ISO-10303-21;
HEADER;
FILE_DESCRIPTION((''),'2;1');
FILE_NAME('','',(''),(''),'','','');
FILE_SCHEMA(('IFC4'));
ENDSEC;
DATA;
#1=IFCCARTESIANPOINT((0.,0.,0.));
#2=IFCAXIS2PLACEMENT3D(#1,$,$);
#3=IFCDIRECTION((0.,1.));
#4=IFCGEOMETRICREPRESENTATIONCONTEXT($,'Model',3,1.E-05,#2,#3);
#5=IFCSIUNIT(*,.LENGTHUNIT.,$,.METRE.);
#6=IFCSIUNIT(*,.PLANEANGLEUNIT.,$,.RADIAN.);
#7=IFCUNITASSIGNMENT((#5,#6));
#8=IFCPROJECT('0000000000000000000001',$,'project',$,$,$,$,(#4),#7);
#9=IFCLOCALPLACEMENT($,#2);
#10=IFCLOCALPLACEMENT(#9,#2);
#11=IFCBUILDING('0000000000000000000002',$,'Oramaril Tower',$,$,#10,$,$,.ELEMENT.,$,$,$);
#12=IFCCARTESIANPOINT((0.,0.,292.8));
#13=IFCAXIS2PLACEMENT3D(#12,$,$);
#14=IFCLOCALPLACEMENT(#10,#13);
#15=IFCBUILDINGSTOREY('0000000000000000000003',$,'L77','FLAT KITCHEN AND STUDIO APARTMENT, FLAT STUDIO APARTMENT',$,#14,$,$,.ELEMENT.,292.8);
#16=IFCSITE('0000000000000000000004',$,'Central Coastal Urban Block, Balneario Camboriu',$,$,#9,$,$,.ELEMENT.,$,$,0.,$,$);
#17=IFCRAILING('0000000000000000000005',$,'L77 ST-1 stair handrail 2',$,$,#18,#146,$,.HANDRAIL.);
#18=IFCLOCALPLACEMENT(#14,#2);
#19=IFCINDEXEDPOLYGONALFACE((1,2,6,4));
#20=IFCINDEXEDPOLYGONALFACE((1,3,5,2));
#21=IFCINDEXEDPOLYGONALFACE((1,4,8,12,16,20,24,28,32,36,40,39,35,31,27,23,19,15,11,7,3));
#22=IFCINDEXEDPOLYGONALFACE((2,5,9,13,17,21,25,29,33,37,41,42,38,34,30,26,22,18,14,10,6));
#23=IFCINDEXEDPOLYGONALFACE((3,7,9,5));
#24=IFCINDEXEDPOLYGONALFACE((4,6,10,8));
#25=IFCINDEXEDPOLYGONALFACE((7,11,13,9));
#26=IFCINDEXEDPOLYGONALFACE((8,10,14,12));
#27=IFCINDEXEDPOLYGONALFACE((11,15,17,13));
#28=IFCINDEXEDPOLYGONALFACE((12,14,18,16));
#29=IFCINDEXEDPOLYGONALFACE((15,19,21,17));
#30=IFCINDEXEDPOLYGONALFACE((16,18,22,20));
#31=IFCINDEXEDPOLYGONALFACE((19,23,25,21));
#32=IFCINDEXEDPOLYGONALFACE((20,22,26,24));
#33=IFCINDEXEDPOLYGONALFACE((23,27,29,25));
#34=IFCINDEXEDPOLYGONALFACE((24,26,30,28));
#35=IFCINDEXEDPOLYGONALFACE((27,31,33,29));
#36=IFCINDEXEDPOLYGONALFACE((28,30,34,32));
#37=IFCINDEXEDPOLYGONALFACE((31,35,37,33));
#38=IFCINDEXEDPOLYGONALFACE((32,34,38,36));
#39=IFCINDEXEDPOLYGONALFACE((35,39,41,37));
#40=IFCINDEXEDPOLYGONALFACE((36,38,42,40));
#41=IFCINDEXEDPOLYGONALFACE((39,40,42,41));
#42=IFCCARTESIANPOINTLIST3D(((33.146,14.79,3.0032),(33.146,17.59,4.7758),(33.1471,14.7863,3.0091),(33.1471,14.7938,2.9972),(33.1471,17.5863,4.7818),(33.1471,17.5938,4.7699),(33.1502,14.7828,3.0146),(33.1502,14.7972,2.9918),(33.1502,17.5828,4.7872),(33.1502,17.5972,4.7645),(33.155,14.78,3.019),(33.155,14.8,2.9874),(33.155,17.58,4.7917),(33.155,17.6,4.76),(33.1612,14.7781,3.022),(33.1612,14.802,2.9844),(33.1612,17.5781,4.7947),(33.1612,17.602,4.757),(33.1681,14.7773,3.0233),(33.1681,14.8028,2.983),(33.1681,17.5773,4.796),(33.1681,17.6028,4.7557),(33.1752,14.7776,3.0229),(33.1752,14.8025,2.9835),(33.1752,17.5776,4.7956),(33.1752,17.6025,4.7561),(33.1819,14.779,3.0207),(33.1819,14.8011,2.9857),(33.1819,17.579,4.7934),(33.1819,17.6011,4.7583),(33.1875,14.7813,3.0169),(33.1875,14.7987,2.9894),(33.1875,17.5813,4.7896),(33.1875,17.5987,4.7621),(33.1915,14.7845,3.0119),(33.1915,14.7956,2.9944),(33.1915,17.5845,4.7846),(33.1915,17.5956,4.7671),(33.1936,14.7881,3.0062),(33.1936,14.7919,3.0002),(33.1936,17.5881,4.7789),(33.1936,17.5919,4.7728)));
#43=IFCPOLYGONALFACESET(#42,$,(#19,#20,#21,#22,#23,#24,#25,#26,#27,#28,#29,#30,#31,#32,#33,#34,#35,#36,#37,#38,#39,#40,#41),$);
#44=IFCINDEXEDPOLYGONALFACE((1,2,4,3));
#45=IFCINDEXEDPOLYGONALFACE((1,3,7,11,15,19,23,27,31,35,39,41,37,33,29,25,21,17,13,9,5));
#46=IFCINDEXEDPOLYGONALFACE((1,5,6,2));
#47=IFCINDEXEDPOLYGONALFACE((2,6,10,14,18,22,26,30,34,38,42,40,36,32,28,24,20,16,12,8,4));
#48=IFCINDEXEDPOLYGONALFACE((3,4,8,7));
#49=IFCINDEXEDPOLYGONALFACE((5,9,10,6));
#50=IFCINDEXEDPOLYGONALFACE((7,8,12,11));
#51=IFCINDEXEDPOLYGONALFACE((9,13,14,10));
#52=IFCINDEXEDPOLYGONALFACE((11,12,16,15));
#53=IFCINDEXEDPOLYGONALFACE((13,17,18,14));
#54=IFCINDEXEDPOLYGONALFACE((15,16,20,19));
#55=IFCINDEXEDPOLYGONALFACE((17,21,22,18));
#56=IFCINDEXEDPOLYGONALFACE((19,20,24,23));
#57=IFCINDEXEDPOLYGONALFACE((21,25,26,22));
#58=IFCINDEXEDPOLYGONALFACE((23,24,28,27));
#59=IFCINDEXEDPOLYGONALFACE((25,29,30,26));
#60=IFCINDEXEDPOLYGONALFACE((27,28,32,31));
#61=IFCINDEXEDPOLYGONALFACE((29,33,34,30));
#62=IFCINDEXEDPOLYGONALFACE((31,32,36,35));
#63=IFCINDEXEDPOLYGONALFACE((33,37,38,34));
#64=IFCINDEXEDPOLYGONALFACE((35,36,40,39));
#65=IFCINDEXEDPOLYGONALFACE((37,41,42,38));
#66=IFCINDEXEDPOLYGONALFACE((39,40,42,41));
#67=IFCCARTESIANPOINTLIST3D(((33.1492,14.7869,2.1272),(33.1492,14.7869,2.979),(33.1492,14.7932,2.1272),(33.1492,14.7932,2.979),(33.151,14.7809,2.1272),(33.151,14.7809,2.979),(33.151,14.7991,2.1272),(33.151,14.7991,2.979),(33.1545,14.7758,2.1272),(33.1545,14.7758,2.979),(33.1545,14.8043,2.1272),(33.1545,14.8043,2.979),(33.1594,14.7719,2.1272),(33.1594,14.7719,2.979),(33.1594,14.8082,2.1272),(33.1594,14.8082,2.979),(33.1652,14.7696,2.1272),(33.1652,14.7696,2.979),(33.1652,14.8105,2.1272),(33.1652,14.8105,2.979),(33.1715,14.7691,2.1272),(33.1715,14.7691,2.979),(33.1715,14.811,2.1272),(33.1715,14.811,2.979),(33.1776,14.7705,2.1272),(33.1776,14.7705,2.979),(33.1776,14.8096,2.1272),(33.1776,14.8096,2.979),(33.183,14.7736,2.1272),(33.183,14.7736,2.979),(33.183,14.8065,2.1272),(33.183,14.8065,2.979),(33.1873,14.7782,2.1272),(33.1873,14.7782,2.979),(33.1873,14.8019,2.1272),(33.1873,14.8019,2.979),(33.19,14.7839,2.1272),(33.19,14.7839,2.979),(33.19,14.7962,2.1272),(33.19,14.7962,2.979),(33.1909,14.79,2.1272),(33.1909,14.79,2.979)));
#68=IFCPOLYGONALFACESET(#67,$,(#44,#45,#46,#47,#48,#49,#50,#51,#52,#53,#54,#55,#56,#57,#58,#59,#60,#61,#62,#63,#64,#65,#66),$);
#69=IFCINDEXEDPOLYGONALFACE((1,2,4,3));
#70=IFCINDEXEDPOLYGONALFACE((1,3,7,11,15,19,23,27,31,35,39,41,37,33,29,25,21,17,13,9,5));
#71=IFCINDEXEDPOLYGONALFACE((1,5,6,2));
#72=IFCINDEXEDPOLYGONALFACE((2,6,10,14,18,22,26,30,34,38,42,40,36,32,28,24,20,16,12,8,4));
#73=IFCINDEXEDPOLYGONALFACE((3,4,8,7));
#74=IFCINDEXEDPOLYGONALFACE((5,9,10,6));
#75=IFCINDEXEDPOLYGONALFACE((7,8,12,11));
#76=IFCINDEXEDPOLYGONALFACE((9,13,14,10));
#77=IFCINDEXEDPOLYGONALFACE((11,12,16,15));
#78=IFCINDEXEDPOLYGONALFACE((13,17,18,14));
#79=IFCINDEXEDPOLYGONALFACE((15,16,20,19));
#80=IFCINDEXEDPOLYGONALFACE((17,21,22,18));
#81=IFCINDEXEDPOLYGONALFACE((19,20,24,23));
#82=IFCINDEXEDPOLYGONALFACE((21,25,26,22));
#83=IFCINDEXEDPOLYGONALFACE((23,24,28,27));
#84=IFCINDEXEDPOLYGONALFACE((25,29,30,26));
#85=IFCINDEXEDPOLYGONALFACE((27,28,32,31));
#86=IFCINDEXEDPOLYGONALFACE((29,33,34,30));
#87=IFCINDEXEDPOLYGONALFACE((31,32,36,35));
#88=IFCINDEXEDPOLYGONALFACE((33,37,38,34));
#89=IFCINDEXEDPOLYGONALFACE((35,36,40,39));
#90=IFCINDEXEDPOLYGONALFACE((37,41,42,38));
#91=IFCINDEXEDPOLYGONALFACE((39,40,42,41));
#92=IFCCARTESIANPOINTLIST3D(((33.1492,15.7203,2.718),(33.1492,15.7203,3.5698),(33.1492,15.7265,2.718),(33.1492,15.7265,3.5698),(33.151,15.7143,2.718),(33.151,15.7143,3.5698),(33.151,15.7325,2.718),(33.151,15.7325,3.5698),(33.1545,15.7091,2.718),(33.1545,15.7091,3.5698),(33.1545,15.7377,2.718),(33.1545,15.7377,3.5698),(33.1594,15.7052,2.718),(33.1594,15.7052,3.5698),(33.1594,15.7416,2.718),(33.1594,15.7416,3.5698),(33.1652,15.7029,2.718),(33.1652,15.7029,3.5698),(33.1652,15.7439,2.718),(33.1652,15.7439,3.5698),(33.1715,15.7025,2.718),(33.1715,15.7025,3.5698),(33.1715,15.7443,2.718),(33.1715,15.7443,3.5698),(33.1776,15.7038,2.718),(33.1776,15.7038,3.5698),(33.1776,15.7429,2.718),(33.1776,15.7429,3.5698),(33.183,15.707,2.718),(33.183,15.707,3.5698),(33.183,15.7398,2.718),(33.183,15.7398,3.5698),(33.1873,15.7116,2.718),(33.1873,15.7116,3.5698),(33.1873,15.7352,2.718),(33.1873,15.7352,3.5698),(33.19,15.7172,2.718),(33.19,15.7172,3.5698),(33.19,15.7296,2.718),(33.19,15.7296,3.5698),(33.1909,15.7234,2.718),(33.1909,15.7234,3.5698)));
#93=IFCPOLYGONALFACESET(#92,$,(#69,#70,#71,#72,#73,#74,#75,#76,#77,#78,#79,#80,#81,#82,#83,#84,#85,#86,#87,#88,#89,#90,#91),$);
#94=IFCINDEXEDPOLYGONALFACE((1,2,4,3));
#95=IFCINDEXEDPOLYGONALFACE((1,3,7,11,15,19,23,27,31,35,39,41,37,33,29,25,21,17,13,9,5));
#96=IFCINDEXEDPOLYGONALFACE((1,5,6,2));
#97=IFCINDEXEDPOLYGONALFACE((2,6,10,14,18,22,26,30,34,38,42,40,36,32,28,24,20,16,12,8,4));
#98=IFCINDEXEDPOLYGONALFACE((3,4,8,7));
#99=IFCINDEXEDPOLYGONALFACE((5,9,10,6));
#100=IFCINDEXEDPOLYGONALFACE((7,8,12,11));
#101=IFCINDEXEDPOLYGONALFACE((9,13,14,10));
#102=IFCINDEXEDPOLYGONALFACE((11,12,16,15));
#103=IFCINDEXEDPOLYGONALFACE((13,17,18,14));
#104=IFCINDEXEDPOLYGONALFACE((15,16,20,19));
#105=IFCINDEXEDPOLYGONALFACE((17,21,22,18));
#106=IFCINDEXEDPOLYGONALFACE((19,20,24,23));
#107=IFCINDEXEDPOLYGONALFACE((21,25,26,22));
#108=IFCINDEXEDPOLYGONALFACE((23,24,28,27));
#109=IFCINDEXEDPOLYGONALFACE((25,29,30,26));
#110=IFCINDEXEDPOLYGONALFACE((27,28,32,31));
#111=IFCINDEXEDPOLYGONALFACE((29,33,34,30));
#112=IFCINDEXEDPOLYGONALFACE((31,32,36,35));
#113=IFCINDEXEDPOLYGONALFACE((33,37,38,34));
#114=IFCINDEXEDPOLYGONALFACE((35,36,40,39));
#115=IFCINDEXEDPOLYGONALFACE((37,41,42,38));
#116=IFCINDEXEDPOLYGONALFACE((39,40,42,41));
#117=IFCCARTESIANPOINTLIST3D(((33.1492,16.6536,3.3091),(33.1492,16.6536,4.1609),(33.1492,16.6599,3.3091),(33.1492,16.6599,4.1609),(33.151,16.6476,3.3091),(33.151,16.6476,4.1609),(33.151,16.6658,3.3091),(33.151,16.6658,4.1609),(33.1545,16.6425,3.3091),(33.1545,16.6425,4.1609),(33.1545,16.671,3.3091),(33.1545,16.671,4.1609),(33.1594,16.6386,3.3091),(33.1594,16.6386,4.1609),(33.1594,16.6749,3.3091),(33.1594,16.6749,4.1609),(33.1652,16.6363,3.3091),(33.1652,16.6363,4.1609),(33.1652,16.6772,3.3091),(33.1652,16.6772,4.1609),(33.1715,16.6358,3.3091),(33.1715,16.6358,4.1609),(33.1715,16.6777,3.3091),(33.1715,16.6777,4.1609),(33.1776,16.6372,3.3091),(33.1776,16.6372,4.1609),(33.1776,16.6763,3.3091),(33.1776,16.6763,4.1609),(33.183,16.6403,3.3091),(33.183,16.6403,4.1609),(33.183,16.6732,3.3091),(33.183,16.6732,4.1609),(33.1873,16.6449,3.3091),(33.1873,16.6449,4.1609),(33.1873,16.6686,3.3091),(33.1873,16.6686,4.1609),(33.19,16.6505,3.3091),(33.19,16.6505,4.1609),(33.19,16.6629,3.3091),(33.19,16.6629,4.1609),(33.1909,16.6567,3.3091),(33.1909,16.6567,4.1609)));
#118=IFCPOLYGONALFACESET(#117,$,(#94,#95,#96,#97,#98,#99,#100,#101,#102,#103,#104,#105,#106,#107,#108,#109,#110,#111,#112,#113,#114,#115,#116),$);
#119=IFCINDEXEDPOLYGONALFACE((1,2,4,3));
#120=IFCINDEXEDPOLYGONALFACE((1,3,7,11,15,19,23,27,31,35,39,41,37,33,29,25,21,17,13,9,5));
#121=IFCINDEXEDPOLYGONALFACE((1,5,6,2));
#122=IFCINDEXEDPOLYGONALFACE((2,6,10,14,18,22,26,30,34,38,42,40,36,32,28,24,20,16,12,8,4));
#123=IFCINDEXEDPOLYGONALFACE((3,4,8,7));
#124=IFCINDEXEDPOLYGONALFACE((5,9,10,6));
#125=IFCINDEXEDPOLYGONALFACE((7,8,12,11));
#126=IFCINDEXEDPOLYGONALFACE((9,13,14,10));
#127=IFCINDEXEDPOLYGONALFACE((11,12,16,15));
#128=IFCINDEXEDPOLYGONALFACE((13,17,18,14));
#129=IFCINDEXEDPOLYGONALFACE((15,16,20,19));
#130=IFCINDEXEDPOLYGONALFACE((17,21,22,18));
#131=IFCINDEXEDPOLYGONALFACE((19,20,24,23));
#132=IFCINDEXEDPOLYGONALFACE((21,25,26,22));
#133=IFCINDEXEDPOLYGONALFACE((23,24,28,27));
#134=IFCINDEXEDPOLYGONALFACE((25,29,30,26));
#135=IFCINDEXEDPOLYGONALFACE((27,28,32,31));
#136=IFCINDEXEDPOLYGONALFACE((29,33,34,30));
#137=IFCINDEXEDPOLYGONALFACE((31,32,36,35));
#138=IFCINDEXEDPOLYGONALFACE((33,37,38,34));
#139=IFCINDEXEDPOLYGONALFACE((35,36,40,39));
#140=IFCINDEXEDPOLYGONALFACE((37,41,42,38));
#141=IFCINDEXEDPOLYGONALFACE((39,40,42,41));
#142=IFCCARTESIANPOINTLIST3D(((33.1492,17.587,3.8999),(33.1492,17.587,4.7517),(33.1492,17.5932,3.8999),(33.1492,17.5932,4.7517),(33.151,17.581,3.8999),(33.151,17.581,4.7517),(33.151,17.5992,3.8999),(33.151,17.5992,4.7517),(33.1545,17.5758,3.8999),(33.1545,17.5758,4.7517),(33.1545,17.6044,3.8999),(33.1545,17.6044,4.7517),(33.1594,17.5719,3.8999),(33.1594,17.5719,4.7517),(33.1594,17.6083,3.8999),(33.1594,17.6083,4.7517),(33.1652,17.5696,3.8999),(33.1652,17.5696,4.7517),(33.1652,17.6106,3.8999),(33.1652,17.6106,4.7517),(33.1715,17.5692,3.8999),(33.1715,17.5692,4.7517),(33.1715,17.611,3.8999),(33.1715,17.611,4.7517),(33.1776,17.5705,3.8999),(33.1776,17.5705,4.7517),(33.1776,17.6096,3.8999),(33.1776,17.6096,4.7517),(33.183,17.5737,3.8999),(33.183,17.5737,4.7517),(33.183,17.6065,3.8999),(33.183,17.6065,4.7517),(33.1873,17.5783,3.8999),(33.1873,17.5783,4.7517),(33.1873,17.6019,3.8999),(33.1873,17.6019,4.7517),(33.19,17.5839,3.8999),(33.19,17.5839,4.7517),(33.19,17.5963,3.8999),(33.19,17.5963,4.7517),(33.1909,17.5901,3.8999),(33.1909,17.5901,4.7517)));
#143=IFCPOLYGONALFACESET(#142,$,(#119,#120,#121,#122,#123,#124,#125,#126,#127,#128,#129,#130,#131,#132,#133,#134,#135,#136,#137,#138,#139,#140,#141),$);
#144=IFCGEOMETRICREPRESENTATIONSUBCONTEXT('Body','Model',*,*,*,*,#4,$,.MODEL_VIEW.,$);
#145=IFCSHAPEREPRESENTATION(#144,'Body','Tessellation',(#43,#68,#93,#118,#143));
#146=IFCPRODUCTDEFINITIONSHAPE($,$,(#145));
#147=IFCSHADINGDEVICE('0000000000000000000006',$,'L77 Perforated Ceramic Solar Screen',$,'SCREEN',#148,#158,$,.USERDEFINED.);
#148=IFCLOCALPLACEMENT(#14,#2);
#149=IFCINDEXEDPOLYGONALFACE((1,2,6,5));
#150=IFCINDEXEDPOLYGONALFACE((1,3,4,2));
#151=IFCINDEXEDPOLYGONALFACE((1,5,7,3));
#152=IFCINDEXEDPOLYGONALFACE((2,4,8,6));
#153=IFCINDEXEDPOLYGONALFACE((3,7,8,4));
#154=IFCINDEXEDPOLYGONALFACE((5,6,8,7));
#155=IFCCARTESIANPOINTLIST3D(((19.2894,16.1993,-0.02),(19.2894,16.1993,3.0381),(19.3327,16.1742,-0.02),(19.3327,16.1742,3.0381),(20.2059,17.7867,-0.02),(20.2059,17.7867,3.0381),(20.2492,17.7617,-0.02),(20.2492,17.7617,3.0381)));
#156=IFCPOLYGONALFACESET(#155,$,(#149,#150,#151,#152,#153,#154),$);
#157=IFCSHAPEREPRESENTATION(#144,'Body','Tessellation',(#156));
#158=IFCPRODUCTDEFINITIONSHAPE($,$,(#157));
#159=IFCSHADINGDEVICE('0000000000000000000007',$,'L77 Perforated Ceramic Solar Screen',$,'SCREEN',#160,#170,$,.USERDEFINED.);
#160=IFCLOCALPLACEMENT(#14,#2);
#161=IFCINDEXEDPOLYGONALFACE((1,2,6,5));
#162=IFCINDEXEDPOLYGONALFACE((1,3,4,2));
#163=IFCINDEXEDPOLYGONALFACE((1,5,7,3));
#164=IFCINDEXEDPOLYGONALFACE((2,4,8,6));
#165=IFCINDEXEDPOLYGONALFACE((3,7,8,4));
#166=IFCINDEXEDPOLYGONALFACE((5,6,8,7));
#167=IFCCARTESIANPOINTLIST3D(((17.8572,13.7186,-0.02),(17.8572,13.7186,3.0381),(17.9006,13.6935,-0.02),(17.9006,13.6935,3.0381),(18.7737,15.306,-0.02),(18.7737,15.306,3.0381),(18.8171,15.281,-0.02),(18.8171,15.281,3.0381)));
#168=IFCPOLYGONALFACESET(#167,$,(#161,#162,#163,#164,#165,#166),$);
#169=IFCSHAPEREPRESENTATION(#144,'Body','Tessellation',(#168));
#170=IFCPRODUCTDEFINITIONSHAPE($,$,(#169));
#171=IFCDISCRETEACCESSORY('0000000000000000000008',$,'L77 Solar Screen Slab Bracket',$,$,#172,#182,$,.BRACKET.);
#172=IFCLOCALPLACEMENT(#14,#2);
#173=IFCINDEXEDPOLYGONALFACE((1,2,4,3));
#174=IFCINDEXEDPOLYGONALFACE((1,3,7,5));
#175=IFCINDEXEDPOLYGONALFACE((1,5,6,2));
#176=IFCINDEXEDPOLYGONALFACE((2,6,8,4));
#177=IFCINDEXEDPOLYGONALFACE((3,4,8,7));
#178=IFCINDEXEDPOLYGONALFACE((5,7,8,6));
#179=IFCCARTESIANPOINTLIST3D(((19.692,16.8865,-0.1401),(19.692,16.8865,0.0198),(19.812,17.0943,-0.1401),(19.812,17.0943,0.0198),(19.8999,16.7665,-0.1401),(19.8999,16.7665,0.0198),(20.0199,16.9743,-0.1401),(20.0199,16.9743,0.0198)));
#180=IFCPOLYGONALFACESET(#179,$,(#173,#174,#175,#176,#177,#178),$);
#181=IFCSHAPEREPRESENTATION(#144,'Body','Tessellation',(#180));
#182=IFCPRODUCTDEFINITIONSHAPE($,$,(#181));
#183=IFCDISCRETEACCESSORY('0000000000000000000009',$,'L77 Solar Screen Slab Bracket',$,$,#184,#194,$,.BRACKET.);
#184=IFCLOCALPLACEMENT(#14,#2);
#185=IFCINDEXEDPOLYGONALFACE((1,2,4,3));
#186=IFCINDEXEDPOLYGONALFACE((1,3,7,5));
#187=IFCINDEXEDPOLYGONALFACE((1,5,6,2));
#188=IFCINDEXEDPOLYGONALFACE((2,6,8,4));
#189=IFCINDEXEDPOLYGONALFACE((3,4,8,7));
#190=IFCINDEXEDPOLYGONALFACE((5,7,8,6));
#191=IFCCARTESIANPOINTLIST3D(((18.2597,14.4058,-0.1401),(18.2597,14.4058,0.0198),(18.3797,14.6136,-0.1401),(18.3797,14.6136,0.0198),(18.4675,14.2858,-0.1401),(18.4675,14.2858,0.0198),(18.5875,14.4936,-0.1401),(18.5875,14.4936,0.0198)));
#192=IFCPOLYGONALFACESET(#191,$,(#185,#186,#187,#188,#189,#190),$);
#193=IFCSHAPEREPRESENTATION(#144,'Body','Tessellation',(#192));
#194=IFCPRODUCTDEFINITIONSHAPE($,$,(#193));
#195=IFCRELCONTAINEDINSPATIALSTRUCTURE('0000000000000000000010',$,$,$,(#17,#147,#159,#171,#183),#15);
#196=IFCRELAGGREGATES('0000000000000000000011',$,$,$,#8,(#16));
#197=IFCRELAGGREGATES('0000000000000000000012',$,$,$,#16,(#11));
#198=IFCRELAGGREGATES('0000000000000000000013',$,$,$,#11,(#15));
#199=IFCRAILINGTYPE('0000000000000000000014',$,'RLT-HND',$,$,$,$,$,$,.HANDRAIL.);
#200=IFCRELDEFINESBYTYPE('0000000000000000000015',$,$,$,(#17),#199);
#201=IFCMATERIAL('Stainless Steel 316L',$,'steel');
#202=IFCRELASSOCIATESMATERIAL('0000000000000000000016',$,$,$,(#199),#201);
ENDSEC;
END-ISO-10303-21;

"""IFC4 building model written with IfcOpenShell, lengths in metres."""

from ifc_helpers import new_model, si_unit, direction, frame, origin, origin_2d, place, context, subcontext, project, spatial, rectangle, circle, extrude, material, type_object, element, save


model = new_model("IFC4")

# Units and contexts
model_context = context("Model", 3, precision=1e-05, world=origin(), true_north=direction((0.0, 1.0)))
body_context = subcontext(model_context, "Body", "Model", "MODEL_VIEW")
ifc_project = project(units=[si_unit("LENGTHUNIT", "METRE"), si_unit("PLANEANGLEUNIT", "RADIAN")], contexts=[model_context])

# Site, building, storey
site_placement = place(None, origin())
site = spatial("IfcSite", under=ifc_project, at=site_placement, Name="Central Coastal Urban Block, Balneario Camboriu", CompositionType="ELEMENT", RefElevation=0.0)
building_placement = place(site_placement, origin())
building = spatial("IfcBuilding", under=site, at=building_placement, Name="Oramaril Tower", CompositionType="ELEMENT")
storey_placement = place(building_placement, frame((0.0, 0.0, 292.8)))
storey = spatial("IfcBuildingStorey", under=building, at=storey_placement, Name="L77", Description="FLAT KITCHEN AND STUDIO APARTMENT, FLAT STUDIO APARTMENT", CompositionType="ELEMENT", Elevation=292.8)

# Railing
ifc_material_1 = material(Name="Stainless Steel 316L", Category="steel")
railing_type_1 = type_object("IfcRailingType", Name="RLT-HND", PredefinedType="HANDRAIL", material=ifc_material_1)
railing_1_placement = place(storey_placement, frame((33.1699, 14.79, 2.1272)))
element("IfcRailing", 1, at=railing_1_placement, inside=storey, type_object=railing_type_1, Name="L77 ST-1 stair handrail 2", PredefinedType="HANDRAIL", context=body_context, shape_type="SweptSolid", body=[
    extrude(circle(Radius=0.0239, at=origin_2d()), frame((0.0, 0.0, 0.876), z_axis=(0.0, 0.844909, 0.53491), x_axis=(-1.0, 0.0, 0.0)), (0.0, 0.0, 1.0), 3.314),
    extrude(circle(Radius=0.021, at=origin_2d()), origin(), (0.0, 0.0, 1.0), 0.8518),
    extrude(circle(Radius=0.021, at=origin_2d()), frame((0.0, 0.9333, 0.5908)), (0.0, 0.0, 1.0), 0.8518),
    extrude(circle(Radius=0.021, at=origin_2d()), frame((0.0, 1.8667, 1.1819)), (0.0, 0.0, 1.0), 0.8518),
    extrude(circle(Radius=0.021, at=origin_2d()), frame((0.0, 2.8, 1.7727)), (0.0, 0.0, 1.0), 0.8518),
])

# Shading devices
for number, where, z_axis, x_axis, name in (
    (2, (19.7693, 16.9805, -0.02), (0.0, 0.0, 1.0), (-0.5, -0.866025, 0.0), "L77 Perforated Ceramic Solar Screen"),
    (3, (18.3372, 14.4998, -0.02), (0.0, 0.0, 1.0), (-0.5, -0.866025, 0.0), "L77 Perforated Ceramic Solar Screen"),
):
    element("IfcShadingDevice", number, at=place(storey_placement, frame(where, z_axis=z_axis, x_axis=x_axis)), inside=storey, Name=name, ObjectType="SCREEN", PredefinedType="USERDEFINED", context=body_context, shape_type="SweptSolid", body=[
        extrude(rectangle(XDim=1.833, YDim=0.05, at=origin_2d()), origin(), (0.0, 0.0, 1.0), 3.0581),
    ])

# Discrete accessories
for number, where, z_axis, x_axis, name in (
    (4, (19.856, 16.9304, -0.1401), (0.0, 0.0, 1.0), (-0.5, -0.866025, 0.0), "L77 Solar Screen Slab Bracket"),
    (5, (18.4236, 14.4497, -0.1401), (0.0, 0.0, 1.0), (-0.5, -0.866025, 0.0), "L77 Solar Screen Slab Bracket"),
):
    element("IfcDiscreteAccessory", number, at=place(storey_placement, frame(where, z_axis=z_axis, x_axis=x_axis)), inside=storey, Name=name, PredefinedType="BRACKET", context=body_context, shape_type="SweptSolid", body=[
        extrude(rectangle(XDim=0.24, YDim=0.24, at=origin_2d()), origin(), (0.0, 0.0, 1.0), 0.1599),
    ])

save(model, "model.ifc")
